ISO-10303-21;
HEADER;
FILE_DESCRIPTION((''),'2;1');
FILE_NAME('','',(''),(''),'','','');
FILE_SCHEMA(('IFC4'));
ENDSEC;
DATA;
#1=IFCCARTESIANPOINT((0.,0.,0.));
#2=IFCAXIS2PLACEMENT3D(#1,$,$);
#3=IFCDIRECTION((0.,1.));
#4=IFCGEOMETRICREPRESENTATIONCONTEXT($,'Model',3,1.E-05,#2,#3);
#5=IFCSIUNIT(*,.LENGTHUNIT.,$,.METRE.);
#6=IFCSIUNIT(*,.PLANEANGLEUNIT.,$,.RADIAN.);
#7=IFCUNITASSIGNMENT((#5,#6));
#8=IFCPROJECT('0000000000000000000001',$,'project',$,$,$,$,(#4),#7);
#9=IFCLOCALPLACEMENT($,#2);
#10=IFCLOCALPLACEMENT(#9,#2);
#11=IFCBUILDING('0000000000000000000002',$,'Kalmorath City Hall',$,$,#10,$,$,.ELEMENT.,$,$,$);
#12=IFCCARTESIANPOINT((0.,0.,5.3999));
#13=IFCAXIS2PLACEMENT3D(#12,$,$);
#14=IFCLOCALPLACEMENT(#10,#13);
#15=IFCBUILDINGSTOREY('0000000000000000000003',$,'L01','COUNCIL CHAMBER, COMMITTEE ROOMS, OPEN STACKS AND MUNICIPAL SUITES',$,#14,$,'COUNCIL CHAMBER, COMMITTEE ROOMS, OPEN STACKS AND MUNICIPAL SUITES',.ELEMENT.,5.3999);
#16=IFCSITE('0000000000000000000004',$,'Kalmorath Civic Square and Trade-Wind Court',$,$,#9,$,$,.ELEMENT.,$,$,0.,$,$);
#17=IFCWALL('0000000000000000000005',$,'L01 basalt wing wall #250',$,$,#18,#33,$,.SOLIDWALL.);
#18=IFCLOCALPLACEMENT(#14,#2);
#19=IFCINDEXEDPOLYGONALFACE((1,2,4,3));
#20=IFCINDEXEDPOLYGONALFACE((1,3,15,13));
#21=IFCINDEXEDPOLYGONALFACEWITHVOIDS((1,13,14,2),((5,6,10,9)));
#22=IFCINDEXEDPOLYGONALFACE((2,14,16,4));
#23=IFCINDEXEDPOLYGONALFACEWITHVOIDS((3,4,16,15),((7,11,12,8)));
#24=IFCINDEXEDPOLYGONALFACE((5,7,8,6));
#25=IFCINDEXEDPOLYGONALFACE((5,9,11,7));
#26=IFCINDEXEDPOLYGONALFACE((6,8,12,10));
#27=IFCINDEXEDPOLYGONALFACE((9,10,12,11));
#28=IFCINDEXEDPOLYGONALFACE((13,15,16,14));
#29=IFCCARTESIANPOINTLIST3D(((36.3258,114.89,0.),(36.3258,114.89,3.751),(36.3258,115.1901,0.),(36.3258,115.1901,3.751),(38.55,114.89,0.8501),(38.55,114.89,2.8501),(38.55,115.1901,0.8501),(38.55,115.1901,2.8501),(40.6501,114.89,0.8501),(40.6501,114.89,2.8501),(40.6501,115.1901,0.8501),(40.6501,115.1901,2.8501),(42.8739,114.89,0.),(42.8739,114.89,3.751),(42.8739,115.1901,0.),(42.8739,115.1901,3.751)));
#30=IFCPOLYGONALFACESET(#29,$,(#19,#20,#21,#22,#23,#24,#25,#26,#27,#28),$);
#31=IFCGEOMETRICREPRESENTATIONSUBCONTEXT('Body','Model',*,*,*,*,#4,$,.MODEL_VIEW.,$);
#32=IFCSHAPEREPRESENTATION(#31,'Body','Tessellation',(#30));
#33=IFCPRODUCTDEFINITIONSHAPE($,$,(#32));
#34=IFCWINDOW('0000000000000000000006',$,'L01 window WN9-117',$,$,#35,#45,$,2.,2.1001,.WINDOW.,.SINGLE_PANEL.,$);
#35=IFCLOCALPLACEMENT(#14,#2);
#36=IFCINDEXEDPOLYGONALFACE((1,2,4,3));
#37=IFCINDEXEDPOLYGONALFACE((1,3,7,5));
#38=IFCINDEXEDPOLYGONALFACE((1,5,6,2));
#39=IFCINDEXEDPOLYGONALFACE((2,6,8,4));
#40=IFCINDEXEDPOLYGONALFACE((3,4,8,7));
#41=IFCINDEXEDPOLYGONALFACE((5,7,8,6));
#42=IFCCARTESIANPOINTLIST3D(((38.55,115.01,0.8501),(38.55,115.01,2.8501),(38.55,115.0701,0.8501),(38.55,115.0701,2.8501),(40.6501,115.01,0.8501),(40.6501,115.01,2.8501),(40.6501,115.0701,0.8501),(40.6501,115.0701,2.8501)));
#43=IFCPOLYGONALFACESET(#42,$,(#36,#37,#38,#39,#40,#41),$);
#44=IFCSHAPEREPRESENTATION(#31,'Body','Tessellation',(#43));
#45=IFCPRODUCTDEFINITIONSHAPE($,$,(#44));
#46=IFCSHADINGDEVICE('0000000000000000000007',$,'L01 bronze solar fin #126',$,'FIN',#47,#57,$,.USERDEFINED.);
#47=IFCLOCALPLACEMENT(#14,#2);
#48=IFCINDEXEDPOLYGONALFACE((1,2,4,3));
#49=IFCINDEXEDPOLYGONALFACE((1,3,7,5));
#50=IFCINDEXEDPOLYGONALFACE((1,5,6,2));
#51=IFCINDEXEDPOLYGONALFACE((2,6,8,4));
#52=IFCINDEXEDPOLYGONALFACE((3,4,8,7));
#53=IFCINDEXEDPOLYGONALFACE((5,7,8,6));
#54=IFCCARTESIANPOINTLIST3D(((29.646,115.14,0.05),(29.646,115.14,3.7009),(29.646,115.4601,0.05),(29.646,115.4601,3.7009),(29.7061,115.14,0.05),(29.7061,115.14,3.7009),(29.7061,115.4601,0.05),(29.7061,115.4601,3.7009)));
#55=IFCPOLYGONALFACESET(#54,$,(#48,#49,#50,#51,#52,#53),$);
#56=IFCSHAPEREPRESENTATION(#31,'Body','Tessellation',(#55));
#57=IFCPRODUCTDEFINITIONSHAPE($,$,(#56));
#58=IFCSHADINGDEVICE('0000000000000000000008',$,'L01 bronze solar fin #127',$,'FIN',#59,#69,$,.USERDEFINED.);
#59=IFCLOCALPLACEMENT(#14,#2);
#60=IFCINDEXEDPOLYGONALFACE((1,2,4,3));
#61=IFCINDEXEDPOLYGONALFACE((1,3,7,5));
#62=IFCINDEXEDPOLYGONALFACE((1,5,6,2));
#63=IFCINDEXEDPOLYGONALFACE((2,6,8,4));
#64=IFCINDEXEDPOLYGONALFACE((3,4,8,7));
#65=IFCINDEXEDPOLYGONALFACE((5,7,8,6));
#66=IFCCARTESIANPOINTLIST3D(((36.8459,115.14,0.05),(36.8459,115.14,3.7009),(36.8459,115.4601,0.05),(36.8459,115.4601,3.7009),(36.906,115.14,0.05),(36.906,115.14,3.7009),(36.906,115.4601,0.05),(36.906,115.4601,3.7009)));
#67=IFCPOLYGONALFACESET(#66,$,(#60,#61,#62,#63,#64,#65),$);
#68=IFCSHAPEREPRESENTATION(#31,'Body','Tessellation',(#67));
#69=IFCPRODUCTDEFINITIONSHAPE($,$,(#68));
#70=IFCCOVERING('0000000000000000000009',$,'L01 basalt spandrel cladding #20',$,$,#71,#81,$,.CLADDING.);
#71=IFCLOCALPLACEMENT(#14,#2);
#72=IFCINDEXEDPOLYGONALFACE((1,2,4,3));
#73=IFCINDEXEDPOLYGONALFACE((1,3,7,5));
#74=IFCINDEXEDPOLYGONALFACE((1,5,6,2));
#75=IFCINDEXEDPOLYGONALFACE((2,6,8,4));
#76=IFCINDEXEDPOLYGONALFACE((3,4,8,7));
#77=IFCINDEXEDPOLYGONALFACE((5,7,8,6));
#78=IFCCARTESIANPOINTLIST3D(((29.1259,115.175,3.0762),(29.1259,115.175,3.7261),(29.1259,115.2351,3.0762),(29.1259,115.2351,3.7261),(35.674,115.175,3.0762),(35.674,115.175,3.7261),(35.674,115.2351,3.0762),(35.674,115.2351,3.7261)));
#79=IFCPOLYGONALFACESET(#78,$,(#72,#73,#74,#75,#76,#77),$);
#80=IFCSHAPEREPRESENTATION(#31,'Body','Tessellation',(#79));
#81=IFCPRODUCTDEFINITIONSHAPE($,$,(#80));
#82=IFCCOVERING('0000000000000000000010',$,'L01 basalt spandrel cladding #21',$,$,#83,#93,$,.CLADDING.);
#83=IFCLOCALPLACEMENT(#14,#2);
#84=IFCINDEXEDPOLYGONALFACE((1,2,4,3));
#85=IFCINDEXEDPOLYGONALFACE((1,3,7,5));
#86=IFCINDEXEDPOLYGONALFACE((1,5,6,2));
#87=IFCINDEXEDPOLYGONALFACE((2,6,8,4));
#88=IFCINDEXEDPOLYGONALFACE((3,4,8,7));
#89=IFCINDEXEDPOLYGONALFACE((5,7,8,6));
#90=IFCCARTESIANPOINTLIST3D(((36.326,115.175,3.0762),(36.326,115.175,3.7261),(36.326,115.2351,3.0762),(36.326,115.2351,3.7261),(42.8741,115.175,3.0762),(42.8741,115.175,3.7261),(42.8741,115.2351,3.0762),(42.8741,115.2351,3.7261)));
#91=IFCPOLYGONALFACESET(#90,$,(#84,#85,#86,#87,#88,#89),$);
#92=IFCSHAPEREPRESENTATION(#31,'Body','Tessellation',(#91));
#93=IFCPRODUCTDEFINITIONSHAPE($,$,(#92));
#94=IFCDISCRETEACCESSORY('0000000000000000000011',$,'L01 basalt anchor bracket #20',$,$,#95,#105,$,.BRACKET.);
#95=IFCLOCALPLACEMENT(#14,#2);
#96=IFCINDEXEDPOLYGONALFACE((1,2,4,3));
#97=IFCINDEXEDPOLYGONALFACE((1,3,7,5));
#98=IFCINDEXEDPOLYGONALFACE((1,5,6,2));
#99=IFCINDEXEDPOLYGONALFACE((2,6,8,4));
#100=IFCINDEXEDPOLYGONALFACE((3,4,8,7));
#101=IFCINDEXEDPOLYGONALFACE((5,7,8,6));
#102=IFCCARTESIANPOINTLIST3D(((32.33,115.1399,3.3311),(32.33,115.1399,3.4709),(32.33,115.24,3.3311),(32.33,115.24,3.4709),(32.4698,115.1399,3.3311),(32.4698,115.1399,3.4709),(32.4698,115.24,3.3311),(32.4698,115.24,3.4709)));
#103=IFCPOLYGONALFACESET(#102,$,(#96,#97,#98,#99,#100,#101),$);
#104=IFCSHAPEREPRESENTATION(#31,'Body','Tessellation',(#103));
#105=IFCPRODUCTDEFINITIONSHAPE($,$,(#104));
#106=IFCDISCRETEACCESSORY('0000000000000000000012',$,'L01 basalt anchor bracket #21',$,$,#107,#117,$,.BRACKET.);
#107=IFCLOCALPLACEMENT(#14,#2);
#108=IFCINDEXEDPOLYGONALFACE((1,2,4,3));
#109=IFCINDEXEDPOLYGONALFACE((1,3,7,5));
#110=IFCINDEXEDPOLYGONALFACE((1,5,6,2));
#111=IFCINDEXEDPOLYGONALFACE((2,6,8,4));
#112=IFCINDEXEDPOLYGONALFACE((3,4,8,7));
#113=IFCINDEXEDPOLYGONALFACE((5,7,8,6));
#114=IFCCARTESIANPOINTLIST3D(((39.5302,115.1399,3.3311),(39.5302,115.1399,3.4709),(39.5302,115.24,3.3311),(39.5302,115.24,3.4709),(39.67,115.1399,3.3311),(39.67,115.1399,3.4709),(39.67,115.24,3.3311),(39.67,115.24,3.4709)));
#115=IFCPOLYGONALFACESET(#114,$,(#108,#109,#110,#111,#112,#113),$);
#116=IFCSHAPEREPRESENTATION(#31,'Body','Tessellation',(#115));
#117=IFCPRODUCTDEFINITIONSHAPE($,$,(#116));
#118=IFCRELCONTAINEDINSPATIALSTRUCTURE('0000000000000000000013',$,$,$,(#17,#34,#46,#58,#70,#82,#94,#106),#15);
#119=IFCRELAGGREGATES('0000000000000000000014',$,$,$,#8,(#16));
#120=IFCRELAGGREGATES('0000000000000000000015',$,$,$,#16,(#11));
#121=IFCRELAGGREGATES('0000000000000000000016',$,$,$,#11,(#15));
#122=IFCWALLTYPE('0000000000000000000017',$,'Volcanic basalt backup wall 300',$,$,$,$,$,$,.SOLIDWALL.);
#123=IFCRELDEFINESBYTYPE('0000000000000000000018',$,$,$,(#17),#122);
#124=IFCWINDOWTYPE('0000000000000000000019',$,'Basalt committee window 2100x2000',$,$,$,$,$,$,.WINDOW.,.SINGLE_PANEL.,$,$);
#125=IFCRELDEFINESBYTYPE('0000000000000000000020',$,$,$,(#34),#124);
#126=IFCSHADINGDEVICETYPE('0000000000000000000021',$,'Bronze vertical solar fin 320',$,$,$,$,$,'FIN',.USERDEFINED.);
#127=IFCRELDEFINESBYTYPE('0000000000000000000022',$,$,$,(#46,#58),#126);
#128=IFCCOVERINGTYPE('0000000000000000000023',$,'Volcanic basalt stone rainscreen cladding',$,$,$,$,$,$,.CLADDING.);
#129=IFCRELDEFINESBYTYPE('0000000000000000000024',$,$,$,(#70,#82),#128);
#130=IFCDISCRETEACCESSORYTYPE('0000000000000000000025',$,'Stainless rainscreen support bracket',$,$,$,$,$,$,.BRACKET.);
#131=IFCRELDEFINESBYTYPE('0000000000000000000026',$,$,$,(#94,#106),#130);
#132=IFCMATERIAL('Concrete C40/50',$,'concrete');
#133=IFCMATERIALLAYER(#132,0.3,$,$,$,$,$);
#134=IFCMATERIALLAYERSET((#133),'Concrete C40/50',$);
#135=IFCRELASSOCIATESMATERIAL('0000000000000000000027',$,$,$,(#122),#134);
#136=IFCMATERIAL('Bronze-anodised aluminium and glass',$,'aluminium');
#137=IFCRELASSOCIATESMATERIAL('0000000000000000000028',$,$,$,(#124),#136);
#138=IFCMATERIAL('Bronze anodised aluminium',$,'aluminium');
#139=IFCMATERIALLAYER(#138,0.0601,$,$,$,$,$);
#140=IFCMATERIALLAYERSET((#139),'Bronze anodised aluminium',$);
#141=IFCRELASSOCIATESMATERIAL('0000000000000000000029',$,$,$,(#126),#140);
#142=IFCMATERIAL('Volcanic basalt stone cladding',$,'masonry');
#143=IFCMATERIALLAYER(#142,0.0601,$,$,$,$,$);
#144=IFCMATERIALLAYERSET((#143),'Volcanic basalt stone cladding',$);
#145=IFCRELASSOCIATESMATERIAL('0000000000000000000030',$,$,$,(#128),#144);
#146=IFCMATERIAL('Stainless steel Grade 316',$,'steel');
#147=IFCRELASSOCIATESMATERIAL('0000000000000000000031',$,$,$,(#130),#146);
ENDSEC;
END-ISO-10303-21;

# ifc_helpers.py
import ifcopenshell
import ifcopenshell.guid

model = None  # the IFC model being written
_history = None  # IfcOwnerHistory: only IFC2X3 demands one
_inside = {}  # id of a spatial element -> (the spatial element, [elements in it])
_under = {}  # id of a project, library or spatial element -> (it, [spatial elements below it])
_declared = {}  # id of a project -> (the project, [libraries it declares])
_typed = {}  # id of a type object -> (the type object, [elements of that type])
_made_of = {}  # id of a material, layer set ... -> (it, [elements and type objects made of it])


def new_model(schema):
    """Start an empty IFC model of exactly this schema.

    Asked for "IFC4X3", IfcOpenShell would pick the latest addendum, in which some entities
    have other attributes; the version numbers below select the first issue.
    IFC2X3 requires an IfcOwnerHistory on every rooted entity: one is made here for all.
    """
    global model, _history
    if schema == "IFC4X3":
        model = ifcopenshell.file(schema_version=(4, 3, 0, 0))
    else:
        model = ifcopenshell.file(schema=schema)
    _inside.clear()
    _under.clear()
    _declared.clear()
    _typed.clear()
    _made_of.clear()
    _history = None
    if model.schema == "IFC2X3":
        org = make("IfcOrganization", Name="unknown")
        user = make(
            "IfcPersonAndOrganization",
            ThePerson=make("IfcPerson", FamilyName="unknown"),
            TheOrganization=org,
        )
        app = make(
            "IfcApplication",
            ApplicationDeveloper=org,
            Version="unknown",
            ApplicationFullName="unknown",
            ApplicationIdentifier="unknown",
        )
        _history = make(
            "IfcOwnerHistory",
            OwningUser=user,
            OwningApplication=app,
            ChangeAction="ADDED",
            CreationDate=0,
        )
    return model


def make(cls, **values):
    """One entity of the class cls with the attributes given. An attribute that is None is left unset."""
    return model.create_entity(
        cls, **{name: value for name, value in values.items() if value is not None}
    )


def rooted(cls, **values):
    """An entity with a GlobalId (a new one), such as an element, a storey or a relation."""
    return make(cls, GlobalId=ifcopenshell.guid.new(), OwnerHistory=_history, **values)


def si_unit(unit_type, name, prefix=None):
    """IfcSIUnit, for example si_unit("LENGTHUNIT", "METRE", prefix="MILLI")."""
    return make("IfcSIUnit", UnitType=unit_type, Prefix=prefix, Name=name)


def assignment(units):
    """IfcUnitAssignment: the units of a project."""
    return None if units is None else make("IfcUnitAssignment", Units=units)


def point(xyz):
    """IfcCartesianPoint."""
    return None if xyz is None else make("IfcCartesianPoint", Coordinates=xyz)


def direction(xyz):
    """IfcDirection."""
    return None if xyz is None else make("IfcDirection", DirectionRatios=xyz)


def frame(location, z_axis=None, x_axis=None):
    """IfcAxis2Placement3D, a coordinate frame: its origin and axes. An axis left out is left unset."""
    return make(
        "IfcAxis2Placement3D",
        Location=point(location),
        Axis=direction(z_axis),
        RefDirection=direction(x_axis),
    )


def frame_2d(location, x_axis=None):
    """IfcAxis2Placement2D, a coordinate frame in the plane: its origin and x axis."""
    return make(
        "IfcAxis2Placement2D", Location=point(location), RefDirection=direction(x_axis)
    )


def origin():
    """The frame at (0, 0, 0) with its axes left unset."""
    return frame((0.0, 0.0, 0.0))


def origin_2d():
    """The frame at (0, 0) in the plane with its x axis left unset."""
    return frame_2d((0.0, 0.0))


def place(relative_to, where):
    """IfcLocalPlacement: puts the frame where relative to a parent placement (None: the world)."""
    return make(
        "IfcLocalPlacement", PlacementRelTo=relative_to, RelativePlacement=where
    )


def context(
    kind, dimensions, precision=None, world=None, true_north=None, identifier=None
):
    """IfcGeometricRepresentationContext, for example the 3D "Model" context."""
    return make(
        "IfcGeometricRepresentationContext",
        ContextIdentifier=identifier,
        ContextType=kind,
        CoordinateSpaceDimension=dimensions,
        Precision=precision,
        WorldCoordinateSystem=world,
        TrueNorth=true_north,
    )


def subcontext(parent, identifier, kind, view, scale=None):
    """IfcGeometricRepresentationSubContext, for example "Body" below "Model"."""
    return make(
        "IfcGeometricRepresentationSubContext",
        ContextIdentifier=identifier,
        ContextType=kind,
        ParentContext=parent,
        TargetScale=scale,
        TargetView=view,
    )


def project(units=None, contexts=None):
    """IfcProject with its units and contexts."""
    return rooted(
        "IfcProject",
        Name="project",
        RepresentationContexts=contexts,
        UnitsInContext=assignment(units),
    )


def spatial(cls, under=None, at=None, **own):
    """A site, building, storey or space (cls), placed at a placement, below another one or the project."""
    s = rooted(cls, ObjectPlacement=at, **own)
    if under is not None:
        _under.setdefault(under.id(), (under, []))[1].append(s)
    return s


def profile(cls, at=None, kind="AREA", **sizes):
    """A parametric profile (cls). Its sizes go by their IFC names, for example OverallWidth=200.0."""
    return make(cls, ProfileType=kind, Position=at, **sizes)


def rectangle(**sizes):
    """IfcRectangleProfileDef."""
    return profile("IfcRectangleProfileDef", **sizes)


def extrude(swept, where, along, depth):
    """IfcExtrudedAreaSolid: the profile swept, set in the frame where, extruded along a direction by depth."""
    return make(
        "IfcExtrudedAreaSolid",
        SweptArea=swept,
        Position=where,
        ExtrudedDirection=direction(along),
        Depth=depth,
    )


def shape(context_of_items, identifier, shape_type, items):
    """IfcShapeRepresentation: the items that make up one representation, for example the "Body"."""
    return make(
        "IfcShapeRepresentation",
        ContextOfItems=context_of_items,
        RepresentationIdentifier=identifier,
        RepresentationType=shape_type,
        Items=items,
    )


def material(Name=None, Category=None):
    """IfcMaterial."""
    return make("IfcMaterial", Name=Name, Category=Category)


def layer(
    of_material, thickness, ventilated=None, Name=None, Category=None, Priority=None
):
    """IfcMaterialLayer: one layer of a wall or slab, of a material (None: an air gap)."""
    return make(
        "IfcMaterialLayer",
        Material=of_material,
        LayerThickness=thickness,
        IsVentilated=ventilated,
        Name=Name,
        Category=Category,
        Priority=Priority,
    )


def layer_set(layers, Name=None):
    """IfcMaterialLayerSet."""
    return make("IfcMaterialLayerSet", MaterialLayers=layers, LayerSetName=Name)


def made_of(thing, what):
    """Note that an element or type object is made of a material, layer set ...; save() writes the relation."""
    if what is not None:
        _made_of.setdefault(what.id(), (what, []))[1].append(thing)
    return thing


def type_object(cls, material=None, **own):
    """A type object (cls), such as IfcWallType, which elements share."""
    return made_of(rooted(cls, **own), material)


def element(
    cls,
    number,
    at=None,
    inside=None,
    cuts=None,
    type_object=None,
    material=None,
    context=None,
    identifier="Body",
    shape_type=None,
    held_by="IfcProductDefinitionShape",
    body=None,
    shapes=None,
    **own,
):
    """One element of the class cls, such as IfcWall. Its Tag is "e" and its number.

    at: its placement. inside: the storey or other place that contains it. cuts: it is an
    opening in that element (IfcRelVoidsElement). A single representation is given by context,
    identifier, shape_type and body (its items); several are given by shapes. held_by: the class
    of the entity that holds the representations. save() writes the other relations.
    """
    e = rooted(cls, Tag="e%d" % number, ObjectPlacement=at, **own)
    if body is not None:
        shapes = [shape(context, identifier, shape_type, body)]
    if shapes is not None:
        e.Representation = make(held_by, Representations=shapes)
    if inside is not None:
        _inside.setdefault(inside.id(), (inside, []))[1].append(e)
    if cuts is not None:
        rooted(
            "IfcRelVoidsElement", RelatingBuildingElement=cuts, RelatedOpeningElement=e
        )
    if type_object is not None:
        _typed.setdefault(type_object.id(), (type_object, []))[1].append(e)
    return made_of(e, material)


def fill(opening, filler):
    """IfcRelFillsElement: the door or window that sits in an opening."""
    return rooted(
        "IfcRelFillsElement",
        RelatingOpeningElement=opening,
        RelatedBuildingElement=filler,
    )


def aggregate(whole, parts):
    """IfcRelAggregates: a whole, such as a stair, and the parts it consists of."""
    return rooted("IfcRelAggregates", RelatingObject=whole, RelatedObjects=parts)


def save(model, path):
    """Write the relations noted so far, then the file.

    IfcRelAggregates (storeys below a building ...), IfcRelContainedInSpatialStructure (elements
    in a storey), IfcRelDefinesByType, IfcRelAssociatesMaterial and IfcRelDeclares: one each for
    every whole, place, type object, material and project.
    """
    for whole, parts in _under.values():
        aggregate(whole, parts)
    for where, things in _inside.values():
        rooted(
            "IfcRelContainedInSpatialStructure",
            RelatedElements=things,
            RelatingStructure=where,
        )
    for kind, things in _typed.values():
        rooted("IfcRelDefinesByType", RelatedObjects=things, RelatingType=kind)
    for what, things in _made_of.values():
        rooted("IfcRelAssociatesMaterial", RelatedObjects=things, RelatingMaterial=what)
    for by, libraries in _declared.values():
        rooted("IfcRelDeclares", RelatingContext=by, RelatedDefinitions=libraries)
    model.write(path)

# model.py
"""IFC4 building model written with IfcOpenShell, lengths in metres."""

from ifc_helpers import new_model, si_unit, direction, frame, frame_2d, origin, origin_2d, place, context, subcontext, project, spatial, rectangle, extrude, material, layer, layer_set, type_object, element, fill, save


model = new_model("IFC4")

# Units and contexts
model_context = context("Model", 3, precision=1e-05, world=origin(), true_north=direction((0.0, 1.0)))
body_context = subcontext(model_context, "Body", "Model", "MODEL_VIEW")
ifc_project = project(units=[si_unit("LENGTHUNIT", "METRE"), si_unit("PLANEANGLEUNIT", "RADIAN")], contexts=[model_context])

# Site, building, storey
site_placement = place(None, origin())
site = spatial("IfcSite", under=ifc_project, at=site_placement, Name="Kalmorath Civic Square and Trade-Wind Court", CompositionType="ELEMENT", RefElevation=0.0)
building_placement = place(site_placement, origin())
building = spatial("IfcBuilding", under=site, at=building_placement, Name="Kalmorath City Hall", CompositionType="ELEMENT")
storey_placement = place(building_placement, frame((0.0, 0.0, 5.3999)))
storey = spatial("IfcBuildingStorey", under=building, at=storey_placement, Name="L01", Description="COUNCIL CHAMBER, COMMITTEE ROOMS, OPEN STACKS AND MUNICIPAL SUITES", LongName="COUNCIL CHAMBER, COMMITTEE ROOMS, OPEN STACKS AND MUNICIPAL SUITES", CompositionType="ELEMENT", Elevation=5.3999)

# Wall, opening, window
ifc_material_1 = material(Name="Concrete C40/50", Category="concrete")
ifc_layer_1 = layer(ifc_material_1, 0.3)
ifc_layer_set_1 = layer_set([ifc_layer_1], Name="Concrete C40/50")
wall_type = type_object("IfcWallType", Name="Volcanic basalt backup wall 300", PredefinedType="SOLIDWALL", material=ifc_layer_set_1)
ifc_material_2 = material(Name="Bronze-anodised aluminium and glass", Category="aluminium")
window_type = type_object("IfcWindowType", Name="Basalt committee window 2100x2000", PartitioningType="SINGLE_PANEL", PredefinedType="WINDOW", material=ifc_material_2)
wall_1_placement = place(storey_placement, frame((36.3259, 115.04, 0.0), z_axis=(0.0, 0.0, 1.0), x_axis=(1.0, 0.0, 0.0)))
wall_1 = element("IfcWall", 1, at=wall_1_placement, inside=storey, type_object=wall_type, Name="L01 basalt wing wall #250", PredefinedType="SOLIDWALL", context=body_context, shape_type="SweptSolid", body=[
    extrude(rectangle(XDim=6.5481, YDim=0.3, at=frame_2d((3.2739, 0.0))), origin(), (0.0, 0.0, 1.0), 3.751),
])
opening_1_placement = place(wall_1_placement, frame((2.2241, 0.0, 0.8501)))
opening_1 = element("IfcOpeningElement", 2, at=opening_1_placement, cuts=wall_1, PredefinedType="OPENING", context=body_context, shape_type="SweptSolid", body=[
    extrude(rectangle(XDim=2.1001, YDim=2.0, at=frame_2d((1.05, 1.0))), frame((0.0, 0.1599, 0.0), z_axis=(0.0, -1.0, 0.0), x_axis=(1.0, 0.0, 0.0)), (0.0, 0.0, 1.0), 0.3201),
])
window_1_placement = place(opening_1_placement, origin())
window_1 = element("IfcWindow", 3, at=window_1_placement, inside=storey, type_object=window_type, Name="L01 window WN9-117", OverallHeight=2.0, OverallWidth=2.1001, PartitioningType="SINGLE_PANEL", PredefinedType="WINDOW", context=body_context, shape_type="SweptSolid", body=[
    extrude(rectangle(XDim=2.1001, YDim=2.0, at=frame_2d((1.05, 1.0))), frame((0.0, 0.03, 0.0), z_axis=(0.0, -1.0, 0.0), x_axis=(1.0, 0.0, 0.0)), (0.0, 0.0, 1.0), 0.0601),
])
fill(opening_1, window_1)

# Shading devices
ifc_material_3 = material(Name="Bronze anodised aluminium", Category="aluminium")
ifc_layer_2 = layer(ifc_material_3, 0.0601)
ifc_layer_set_2 = layer_set([ifc_layer_2], Name="Bronze anodised aluminium")
shading_device_type = type_object("IfcShadingDeviceType", Name="Bronze vertical solar fin 320", ElementType="FIN", PredefinedType="USERDEFINED", material=ifc_layer_set_2)
for number, where, z_axis, x_axis, name in (
    (4, (29.676, 115.3, 0.05), (0.0, 0.0, 1.0), (1.0, 0.0, 0.0), "L01 bronze solar fin #126"),
    (5, (36.876, 115.3, 0.05), (0.0, 0.0, 1.0), (1.0, 0.0, 0.0), "L01 bronze solar fin #127"),
):
    element("IfcShadingDevice", number, at=place(storey_placement, frame(where, z_axis=z_axis, x_axis=x_axis)), inside=storey, type_object=shading_device_type, Name=name, ObjectType="FIN", PredefinedType="USERDEFINED", context=body_context, shape_type="SweptSolid", body=[
        extrude(rectangle(XDim=0.0601, YDim=0.3201, at=origin_2d()), origin(), (0.0, 0.0, 1.0), 3.6509),
    ])

# Coverings
ifc_material_4 = material(Name="Volcanic basalt stone cladding", Category="masonry")
ifc_layer_3 = layer(ifc_material_4, 0.0601)
ifc_layer_set_3 = layer_set([ifc_layer_3], Name="Volcanic basalt stone cladding")
covering_type = type_object("IfcCoveringType", Name="Volcanic basalt stone rainscreen cladding", PredefinedType="CLADDING", material=ifc_layer_set_3)
for number, where, z_axis, x_axis, name in (
    (6, (32.3999, 115.2051, 3.0762), (0.0, 0.0, 1.0), (1.0, 0.0, 0.0), "L01 basalt spandrel cladding #20"),
    (7, (39.6001, 115.2051, 3.0762), (0.0, 0.0, 1.0), (1.0, 0.0, 0.0), "L01 basalt spandrel cladding #21"),
):
    element("IfcCovering", number, at=place(storey_placement, frame(where, z_axis=z_axis, x_axis=x_axis)), inside=storey, type_object=covering_type, Name=name, PredefinedType="CLADDING", context=body_context, shape_type="SweptSolid", body=[
        extrude(rectangle(XDim=6.5481, YDim=0.0601, at=origin_2d()), origin(), (0.0, 0.0, 1.0), 0.6499),
    ])

# Discrete accessories
ifc_material_5 = material(Name="Stainless steel Grade 316", Category="steel")
discrete_accessory_type = type_object("IfcDiscreteAccessoryType", Name="Stainless rainscreen support bracket", PredefinedType="BRACKET", material=ifc_material_5)
for number, where, z_axis, x_axis, name in (
    (8, (32.3999, 115.1899, 3.3311), (0.0, 0.0, 1.0), (1.0, 0.0, 0.0), "L01 basalt anchor bracket #20"),
    (9, (39.6001, 115.1899, 3.3311), (0.0, 0.0, 1.0), (1.0, 0.0, 0.0), "L01 basalt anchor bracket #21"),
):
    element("IfcDiscreteAccessory", number, at=place(storey_placement, frame(where, z_axis=z_axis, x_axis=x_axis)), inside=storey, type_object=discrete_accessory_type, Name=name, PredefinedType="BRACKET", context=body_context, shape_type="SweptSolid", body=[
        extrude(rectangle(XDim=0.1399, YDim=0.1001, at=origin_2d()), origin(), (0.0, 0.0, 1.0), 0.1399),
    ])

save(model, "model.ifc")
